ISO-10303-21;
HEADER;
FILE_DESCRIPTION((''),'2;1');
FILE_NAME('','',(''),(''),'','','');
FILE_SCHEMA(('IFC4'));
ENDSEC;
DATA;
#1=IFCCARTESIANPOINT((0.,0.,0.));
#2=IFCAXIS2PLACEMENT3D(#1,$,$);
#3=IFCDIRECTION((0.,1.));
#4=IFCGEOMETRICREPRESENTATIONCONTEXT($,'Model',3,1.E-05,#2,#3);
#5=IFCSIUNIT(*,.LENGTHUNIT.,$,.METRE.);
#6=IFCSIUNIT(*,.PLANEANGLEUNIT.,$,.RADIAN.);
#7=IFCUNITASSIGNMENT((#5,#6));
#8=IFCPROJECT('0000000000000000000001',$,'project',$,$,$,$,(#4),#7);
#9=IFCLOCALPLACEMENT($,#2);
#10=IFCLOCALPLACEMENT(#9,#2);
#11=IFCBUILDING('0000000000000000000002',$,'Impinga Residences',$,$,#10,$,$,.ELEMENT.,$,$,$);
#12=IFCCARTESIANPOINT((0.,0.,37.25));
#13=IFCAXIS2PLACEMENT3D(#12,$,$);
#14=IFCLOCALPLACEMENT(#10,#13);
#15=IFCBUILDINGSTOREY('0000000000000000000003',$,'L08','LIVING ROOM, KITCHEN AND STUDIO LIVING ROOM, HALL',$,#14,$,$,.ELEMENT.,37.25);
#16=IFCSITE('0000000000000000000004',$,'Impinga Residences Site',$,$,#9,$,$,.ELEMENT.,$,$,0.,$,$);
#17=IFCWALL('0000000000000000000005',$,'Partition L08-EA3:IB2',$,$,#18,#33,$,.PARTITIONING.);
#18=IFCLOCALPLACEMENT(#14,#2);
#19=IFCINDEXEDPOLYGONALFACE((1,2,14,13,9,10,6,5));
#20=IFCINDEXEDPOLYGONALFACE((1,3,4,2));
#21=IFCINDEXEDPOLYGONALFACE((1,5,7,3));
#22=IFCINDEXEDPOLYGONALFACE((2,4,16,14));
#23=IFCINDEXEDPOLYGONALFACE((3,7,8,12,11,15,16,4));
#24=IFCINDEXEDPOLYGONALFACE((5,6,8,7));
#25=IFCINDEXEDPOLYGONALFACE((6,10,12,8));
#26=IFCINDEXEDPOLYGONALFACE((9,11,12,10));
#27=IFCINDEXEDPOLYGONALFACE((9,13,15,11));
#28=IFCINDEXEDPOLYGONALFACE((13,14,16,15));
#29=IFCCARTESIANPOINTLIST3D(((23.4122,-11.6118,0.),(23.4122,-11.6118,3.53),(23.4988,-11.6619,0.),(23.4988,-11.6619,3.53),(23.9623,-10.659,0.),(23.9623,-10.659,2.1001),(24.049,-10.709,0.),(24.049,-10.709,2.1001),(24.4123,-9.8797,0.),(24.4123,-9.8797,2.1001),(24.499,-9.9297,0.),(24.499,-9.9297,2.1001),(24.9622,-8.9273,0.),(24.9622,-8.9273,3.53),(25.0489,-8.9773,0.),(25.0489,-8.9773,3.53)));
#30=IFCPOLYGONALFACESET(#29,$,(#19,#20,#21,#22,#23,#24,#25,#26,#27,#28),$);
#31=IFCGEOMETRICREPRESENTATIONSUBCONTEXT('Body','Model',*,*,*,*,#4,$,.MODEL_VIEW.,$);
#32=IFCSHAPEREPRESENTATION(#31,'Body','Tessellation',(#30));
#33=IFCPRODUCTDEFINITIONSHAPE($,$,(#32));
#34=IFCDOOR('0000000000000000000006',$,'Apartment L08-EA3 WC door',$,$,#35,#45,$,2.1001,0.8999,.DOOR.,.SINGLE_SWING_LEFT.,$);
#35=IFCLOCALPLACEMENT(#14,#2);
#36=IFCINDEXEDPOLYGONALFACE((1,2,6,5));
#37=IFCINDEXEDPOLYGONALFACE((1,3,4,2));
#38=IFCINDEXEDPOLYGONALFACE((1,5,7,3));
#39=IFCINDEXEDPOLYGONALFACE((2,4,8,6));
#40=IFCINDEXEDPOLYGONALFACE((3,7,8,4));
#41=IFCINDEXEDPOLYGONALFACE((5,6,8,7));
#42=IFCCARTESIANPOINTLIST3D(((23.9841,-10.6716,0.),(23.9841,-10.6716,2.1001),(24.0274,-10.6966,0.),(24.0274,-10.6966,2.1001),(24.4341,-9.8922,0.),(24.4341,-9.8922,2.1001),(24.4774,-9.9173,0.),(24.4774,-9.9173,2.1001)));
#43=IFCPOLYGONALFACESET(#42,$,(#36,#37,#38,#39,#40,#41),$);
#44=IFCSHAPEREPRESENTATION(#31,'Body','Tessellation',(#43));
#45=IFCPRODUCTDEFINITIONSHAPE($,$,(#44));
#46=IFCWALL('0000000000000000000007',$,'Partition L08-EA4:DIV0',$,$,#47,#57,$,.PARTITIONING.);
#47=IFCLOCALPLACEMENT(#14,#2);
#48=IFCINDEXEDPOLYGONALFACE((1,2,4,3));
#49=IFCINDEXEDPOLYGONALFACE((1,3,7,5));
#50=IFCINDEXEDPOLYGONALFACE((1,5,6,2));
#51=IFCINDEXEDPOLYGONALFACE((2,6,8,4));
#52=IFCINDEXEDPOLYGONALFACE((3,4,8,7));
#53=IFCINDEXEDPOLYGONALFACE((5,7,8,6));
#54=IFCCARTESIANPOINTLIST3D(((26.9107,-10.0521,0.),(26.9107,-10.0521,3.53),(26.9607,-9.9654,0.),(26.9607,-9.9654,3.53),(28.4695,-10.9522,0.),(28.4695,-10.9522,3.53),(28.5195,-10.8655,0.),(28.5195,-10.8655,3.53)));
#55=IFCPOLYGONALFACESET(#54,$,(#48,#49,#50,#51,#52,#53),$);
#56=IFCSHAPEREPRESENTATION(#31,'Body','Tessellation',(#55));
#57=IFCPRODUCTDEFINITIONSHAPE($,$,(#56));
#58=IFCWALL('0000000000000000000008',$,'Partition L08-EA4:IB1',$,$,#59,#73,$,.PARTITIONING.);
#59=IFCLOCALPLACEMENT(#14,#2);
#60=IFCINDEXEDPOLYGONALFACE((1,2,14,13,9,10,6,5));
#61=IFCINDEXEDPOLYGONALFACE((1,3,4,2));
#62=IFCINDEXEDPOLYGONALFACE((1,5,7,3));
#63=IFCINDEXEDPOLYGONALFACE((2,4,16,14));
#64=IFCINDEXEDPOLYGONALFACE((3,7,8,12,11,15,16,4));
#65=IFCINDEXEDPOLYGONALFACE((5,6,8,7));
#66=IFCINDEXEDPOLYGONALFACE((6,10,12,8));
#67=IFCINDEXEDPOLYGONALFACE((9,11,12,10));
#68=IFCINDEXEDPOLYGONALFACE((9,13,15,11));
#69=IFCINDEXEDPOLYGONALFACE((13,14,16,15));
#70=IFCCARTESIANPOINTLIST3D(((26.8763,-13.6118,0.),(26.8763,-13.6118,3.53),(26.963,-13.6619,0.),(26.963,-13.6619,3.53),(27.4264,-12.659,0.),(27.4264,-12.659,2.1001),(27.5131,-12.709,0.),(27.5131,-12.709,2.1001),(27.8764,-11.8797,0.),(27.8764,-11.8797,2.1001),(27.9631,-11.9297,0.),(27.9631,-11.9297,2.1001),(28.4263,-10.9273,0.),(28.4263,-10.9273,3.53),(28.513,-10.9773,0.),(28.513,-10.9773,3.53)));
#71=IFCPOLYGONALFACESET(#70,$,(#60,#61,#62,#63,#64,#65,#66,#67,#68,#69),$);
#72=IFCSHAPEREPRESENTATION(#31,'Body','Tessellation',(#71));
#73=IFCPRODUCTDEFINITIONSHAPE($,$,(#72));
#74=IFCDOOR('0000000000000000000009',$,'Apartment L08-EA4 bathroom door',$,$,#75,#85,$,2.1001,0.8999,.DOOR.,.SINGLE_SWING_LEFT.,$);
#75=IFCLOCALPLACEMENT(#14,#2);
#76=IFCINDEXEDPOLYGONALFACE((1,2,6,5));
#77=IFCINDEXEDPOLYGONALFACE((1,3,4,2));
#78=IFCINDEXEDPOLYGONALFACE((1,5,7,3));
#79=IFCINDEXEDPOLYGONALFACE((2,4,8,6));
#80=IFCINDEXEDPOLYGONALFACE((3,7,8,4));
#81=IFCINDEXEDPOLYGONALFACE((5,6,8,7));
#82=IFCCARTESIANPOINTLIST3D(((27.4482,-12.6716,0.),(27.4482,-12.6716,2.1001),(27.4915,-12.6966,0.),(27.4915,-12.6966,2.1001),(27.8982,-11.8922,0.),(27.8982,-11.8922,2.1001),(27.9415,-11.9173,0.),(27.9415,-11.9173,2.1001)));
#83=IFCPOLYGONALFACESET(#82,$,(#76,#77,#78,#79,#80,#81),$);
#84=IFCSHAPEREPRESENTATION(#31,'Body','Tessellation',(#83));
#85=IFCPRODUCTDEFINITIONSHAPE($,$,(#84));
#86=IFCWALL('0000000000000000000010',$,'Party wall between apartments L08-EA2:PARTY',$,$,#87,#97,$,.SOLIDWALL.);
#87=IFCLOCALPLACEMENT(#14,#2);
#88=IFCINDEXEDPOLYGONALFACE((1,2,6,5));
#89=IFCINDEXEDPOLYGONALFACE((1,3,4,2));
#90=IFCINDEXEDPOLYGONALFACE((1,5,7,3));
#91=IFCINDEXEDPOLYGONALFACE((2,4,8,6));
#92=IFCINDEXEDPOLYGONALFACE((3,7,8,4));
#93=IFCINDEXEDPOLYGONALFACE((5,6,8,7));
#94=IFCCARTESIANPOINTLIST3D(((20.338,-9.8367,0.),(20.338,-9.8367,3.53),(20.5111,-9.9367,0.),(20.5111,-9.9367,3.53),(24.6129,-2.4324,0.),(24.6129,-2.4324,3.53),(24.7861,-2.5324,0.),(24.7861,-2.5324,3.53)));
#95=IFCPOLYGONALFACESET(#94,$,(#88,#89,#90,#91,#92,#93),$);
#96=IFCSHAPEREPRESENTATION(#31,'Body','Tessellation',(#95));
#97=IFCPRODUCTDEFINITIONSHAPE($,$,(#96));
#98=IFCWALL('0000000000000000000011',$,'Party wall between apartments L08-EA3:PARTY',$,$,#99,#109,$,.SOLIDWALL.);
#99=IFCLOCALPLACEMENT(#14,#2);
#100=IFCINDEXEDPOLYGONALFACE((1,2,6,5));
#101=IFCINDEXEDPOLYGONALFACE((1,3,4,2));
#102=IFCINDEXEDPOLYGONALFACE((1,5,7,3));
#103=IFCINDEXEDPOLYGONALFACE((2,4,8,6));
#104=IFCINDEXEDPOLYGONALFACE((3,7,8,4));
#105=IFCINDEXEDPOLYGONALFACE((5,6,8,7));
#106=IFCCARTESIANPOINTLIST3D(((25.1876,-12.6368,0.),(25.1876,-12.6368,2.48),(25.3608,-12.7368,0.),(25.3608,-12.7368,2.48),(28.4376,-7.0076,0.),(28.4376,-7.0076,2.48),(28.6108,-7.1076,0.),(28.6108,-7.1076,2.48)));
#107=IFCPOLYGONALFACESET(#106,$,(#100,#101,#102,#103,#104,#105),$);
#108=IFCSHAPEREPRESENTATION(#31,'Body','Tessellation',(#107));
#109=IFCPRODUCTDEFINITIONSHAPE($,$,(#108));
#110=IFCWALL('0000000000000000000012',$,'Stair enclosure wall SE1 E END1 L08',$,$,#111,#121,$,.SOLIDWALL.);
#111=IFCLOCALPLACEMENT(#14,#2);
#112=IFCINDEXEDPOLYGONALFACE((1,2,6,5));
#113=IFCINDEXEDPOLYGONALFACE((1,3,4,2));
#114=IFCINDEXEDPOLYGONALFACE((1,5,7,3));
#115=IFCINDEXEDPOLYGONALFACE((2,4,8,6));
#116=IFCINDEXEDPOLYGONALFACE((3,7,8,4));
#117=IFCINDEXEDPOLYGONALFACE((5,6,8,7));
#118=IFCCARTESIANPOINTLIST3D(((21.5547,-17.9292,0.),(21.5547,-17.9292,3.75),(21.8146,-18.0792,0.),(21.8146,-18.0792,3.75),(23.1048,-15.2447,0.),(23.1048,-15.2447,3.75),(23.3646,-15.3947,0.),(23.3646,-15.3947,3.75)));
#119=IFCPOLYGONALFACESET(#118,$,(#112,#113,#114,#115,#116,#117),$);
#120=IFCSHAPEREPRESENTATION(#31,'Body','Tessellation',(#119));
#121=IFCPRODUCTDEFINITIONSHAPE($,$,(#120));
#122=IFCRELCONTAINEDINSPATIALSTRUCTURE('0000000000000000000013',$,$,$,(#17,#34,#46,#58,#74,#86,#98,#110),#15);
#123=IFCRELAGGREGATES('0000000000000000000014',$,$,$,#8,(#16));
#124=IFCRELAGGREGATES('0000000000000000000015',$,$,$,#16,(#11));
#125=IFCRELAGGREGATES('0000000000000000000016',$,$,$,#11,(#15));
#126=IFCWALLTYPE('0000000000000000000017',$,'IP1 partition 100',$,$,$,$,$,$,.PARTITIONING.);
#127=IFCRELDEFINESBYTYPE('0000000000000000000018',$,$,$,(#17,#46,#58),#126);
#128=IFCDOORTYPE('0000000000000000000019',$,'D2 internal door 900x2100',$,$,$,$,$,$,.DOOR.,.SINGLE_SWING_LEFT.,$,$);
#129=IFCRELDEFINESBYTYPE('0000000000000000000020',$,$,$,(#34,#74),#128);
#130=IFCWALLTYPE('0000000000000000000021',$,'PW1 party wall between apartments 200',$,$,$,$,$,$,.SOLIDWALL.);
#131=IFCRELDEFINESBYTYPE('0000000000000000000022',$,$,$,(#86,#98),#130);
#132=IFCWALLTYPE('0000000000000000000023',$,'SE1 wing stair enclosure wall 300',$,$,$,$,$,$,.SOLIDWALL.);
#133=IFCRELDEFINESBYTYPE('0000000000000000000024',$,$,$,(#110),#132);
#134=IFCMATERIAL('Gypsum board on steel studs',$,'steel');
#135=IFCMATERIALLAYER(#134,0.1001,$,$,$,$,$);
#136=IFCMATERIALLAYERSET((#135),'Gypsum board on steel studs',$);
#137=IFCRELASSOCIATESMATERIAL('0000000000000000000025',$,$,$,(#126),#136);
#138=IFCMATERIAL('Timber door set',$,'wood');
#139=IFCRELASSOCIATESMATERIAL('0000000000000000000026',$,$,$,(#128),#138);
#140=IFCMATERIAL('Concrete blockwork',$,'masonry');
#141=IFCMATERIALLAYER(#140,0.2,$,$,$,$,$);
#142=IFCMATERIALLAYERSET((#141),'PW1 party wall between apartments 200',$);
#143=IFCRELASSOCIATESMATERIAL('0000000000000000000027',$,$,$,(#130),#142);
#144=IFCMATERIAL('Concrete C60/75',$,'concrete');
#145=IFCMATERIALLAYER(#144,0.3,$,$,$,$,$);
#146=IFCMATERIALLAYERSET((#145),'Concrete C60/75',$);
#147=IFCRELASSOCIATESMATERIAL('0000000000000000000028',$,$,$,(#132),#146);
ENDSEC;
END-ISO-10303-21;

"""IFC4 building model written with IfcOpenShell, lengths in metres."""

from ifc_helpers import new_model, si_unit, direction, frame, frame_2d, origin, place, context, subcontext, project, spatial, rectangle, extrude, material, layer, layer_set, type_object, element, fill, save


model = new_model("IFC4")

# Units and contexts
model_context = context("Model", 3, precision=1e-05, world=origin(), true_north=direction((0.0, 1.0)))
body_context = subcontext(model_context, "Body", "Model", "MODEL_VIEW")
ifc_project = project(units=[si_unit("LENGTHUNIT", "METRE"), si_unit("PLANEANGLEUNIT", "RADIAN")], contexts=[model_context])

# Site, building, storey
site_placement = place(None, origin())
site = spatial("IfcSite", under=ifc_project, at=site_placement, Name="Impinga Residences Site", CompositionType="ELEMENT", RefElevation=0.0)
building_placement = place(site_placement, origin())
building = spatial("IfcBuilding", under=site, at=building_placement, Name="Impinga Residences", CompositionType="ELEMENT")
storey_placement = place(building_placement, frame((0.0, 0.0, 37.25)))
storey = spatial("IfcBuildingStorey", under=building, at=storey_placement, Name="L08", Description="LIVING ROOM, KITCHEN AND STUDIO LIVING ROOM, HALL", CompositionType="ELEMENT", Elevation=37.25)

# Shared definitions
ifc_material_1 = material(Name="Concrete C60/75", Category="concrete")

# Shared definitions
ifc_material_2 = material(Name="Gypsum board on steel studs", Category="steel")
ifc_layer_1 = layer(ifc_material_2, 0.1001)
ifc_layer_set_1 = layer_set([ifc_layer_1], Name="Gypsum board on steel studs")
wall_type_1 = type_object("IfcWallType", Name="IP1 partition 100", PredefinedType="PARTITIONING", material=ifc_layer_set_1)
ifc_material_3 = material(Name="Timber door set", Category="wood")
door_type = type_object("IfcDoorType", Name="D2 internal door 900x2100", OperationType="SINGLE_SWING_LEFT", PredefinedType="DOOR", material=ifc_material_3)

# Wall, opening, door
wall_1_placement = place(storey_placement, frame((23.4556, -11.6367, 0.0), z_axis=(0.0, 0.0, 1.0), x_axis=(0.500027, 0.86601, 0.0)))
wall_1 = element("IfcWall", 1, at=wall_1_placement, inside=storey, type_object=wall_type_1, Name="Partition L08-EA3:IB2", PredefinedType="PARTITIONING", context=body_context, shape_type="SweptSolid", body=[
    extrude(rectangle(XDim=3.0999, YDim=0.1001, at=frame_2d((1.5498, 0.0))), origin(), (0.0, 0.0, 1.0), 3.53),
])
opening_1_placement = place(wall_1_placement, frame((1.1001, 0.0, 0.0)))
opening_1 = element("IfcOpeningElement", 2, at=opening_1_placement, cuts=wall_1, PredefinedType="OPENING", context=body_context, shape_type="SweptSolid", body=[
    extrude(rectangle(XDim=0.8999, YDim=2.1001, at=frame_2d((0.45, 1.05))), frame((0.0, 0.0601, 0.0), z_axis=(0.0, -1.0, 0.0), x_axis=(1.0, 0.0, 0.0)), (0.0, 0.0, 1.0), 0.1201),
])
door_1_placement = place(opening_1_placement, origin())
door_1 = element("IfcDoor", 3, at=door_1_placement, inside=storey, type_object=door_type, Name="Apartment L08-EA3 WC door", OperationType="SINGLE_SWING_LEFT", OverallHeight=2.1001, OverallWidth=0.8999, PredefinedType="DOOR", context=body_context, shape_type="SweptSolid", body=[
    extrude(rectangle(XDim=0.8999, YDim=2.1001, at=frame_2d((0.45, 1.05))), frame((0.0, 0.0249, 0.0), z_axis=(0.0, -1.0, 0.0), x_axis=(1.0, 0.0, 0.0)), (0.0, 0.0, 1.0), 0.05),
])
fill(opening_1, door_1)

# Wall
wall_2_placement = place(storey_placement, frame((26.9358, -10.0088, 0.0), z_axis=(0.0, 0.0, 1.0), x_axis=(0.865989, -0.500063, 0.0)))
element("IfcWall", 4, at=wall_2_placement, inside=storey, type_object=wall_type_1, Name="Partition L08-EA4:DIV0", PredefinedType="PARTITIONING", context=body_context, shape_type="SweptSolid", body=[
    extrude(rectangle(XDim=1.8, YDim=0.1001, at=frame_2d((0.8999, 0.0))), origin(), (0.0, 0.0, 1.0), 3.53),
])

# Wall, opening, door
wall_3_placement = place(storey_placement, frame((26.9197, -13.6367, 0.0), z_axis=(0.0, 0.0, 1.0), x_axis=(0.500027, 0.86601, 0.0)))
wall_3 = element("IfcWall", 5, at=wall_3_placement, inside=storey, type_object=wall_type_1, Name="Partition L08-EA4:IB1", PredefinedType="PARTITIONING", context=body_context, shape_type="SweptSolid", body=[
    extrude(rectangle(XDim=3.0999, YDim=0.1001, at=frame_2d((1.5498, 0.0))), origin(), (0.0, 0.0, 1.0), 3.53),
])
opening_2_placement = place(wall_3_placement, frame((1.1001, 0.0, 0.0)))
opening_2 = element("IfcOpeningElement", 6, at=opening_2_placement, cuts=wall_3, PredefinedType="OPENING", context=body_context, shape_type="SweptSolid", body=[
    extrude(rectangle(XDim=0.8999, YDim=2.1001, at=frame_2d((0.45, 1.05))), frame((0.0, 0.0601, 0.0), z_axis=(0.0, -1.0, 0.0), x_axis=(1.0, 0.0, 0.0)), (0.0, 0.0, 1.0), 0.1201),
])
door_2_placement = place(opening_2_placement, origin())
door_2 = element("IfcDoor", 7, at=door_2_placement, inside=storey, type_object=door_type, Name="Apartment L08-EA4 bathroom door", OperationType="SINGLE_SWING_LEFT", OverallHeight=2.1001, OverallWidth=0.8999, PredefinedType="DOOR", context=body_context, shape_type="SweptSolid", body=[
    extrude(rectangle(XDim=0.8999, YDim=2.1001, at=frame_2d((0.45, 1.05))), frame((0.0, 0.0249, 0.0), z_axis=(0.0, -1.0, 0.0), x_axis=(1.0, 0.0, 0.0)), (0.0, 0.0, 1.0), 0.05),
])
fill(opening_2, door_2)

# Walls
ifc_material_4 = material(Name="Concrete blockwork", Category="masonry")
ifc_layer_2 = layer(ifc_material_4, 0.2)
ifc_layer_set_2 = layer_set([ifc_layer_2], Name="PW1 party wall between apartments 200")
wall_type_2 = type_object("IfcWallType", Name="PW1 party wall between apartments 200", PredefinedType="SOLIDWALL", material=ifc_layer_set_2)
wall_4_placement = place(storey_placement, frame((20.4246, -9.8867, 0.0), z_axis=(0.0, 0.0, 1.0), x_axis=(0.500003, 0.866024, 0.0)))
element("IfcWall", 8, at=wall_4_placement, inside=storey, type_object=wall_type_2, Name="Party wall between apartments L08-EA2:PARTY", PredefinedType="SOLIDWALL", context=body_context, shape_type="SweptSolid", body=[
    extrude(rectangle(XDim=8.5498, YDim=0.2, at=frame_2d((4.2749, 0.0))), origin(), (0.0, 0.0, 1.0), 3.53),
])
wall_5_placement = place(storey_placement, frame((25.2742, -12.6868, 0.0), z_axis=(0.0, 0.0, 1.0), x_axis=(0.500001, 0.866025, 0.0)))
element("IfcWall", 9, at=wall_5_placement, inside=storey, type_object=wall_type_2, Name="Party wall between apartments L08-EA3:PARTY", PredefinedType="SOLIDWALL", context=body_context, shape_type="SweptSolid", body=[
    extrude(rectangle(XDim=6.5, YDim=0.2, at=frame_2d((3.25, 0.0))), origin(), (0.0, 0.0, 1.0), 2.48),
])
ifc_layer_3 = layer(ifc_material_1, 0.3)
ifc_layer_set_3 = layer_set([ifc_layer_3], Name="Concrete C60/75")
wall_type_3 = type_object("IfcWallType", Name="SE1 wing stair enclosure wall 300", PredefinedType="SOLIDWALL", material=ifc_layer_set_3)
wall_6_placement = place(storey_placement, frame((23.2346, -15.3198, 0.0), z_axis=(0.0, 0.0, 1.0), x_axis=(-0.500027, -0.86601, 0.0)))
element("IfcWall", 10, at=wall_6_placement, inside=storey, type_object=wall_type_3, Name="Stair enclosure wall SE1 E END1 L08", PredefinedType="SOLIDWALL", context=body_context, shape_type="SweptSolid", body=[
    extrude(rectangle(XDim=3.0999, YDim=0.3, at=frame_2d((1.5498, 0.0))), origin(), (0.0, 0.0, 1.0), 3.75),
])

save(model, "model.ifc")
